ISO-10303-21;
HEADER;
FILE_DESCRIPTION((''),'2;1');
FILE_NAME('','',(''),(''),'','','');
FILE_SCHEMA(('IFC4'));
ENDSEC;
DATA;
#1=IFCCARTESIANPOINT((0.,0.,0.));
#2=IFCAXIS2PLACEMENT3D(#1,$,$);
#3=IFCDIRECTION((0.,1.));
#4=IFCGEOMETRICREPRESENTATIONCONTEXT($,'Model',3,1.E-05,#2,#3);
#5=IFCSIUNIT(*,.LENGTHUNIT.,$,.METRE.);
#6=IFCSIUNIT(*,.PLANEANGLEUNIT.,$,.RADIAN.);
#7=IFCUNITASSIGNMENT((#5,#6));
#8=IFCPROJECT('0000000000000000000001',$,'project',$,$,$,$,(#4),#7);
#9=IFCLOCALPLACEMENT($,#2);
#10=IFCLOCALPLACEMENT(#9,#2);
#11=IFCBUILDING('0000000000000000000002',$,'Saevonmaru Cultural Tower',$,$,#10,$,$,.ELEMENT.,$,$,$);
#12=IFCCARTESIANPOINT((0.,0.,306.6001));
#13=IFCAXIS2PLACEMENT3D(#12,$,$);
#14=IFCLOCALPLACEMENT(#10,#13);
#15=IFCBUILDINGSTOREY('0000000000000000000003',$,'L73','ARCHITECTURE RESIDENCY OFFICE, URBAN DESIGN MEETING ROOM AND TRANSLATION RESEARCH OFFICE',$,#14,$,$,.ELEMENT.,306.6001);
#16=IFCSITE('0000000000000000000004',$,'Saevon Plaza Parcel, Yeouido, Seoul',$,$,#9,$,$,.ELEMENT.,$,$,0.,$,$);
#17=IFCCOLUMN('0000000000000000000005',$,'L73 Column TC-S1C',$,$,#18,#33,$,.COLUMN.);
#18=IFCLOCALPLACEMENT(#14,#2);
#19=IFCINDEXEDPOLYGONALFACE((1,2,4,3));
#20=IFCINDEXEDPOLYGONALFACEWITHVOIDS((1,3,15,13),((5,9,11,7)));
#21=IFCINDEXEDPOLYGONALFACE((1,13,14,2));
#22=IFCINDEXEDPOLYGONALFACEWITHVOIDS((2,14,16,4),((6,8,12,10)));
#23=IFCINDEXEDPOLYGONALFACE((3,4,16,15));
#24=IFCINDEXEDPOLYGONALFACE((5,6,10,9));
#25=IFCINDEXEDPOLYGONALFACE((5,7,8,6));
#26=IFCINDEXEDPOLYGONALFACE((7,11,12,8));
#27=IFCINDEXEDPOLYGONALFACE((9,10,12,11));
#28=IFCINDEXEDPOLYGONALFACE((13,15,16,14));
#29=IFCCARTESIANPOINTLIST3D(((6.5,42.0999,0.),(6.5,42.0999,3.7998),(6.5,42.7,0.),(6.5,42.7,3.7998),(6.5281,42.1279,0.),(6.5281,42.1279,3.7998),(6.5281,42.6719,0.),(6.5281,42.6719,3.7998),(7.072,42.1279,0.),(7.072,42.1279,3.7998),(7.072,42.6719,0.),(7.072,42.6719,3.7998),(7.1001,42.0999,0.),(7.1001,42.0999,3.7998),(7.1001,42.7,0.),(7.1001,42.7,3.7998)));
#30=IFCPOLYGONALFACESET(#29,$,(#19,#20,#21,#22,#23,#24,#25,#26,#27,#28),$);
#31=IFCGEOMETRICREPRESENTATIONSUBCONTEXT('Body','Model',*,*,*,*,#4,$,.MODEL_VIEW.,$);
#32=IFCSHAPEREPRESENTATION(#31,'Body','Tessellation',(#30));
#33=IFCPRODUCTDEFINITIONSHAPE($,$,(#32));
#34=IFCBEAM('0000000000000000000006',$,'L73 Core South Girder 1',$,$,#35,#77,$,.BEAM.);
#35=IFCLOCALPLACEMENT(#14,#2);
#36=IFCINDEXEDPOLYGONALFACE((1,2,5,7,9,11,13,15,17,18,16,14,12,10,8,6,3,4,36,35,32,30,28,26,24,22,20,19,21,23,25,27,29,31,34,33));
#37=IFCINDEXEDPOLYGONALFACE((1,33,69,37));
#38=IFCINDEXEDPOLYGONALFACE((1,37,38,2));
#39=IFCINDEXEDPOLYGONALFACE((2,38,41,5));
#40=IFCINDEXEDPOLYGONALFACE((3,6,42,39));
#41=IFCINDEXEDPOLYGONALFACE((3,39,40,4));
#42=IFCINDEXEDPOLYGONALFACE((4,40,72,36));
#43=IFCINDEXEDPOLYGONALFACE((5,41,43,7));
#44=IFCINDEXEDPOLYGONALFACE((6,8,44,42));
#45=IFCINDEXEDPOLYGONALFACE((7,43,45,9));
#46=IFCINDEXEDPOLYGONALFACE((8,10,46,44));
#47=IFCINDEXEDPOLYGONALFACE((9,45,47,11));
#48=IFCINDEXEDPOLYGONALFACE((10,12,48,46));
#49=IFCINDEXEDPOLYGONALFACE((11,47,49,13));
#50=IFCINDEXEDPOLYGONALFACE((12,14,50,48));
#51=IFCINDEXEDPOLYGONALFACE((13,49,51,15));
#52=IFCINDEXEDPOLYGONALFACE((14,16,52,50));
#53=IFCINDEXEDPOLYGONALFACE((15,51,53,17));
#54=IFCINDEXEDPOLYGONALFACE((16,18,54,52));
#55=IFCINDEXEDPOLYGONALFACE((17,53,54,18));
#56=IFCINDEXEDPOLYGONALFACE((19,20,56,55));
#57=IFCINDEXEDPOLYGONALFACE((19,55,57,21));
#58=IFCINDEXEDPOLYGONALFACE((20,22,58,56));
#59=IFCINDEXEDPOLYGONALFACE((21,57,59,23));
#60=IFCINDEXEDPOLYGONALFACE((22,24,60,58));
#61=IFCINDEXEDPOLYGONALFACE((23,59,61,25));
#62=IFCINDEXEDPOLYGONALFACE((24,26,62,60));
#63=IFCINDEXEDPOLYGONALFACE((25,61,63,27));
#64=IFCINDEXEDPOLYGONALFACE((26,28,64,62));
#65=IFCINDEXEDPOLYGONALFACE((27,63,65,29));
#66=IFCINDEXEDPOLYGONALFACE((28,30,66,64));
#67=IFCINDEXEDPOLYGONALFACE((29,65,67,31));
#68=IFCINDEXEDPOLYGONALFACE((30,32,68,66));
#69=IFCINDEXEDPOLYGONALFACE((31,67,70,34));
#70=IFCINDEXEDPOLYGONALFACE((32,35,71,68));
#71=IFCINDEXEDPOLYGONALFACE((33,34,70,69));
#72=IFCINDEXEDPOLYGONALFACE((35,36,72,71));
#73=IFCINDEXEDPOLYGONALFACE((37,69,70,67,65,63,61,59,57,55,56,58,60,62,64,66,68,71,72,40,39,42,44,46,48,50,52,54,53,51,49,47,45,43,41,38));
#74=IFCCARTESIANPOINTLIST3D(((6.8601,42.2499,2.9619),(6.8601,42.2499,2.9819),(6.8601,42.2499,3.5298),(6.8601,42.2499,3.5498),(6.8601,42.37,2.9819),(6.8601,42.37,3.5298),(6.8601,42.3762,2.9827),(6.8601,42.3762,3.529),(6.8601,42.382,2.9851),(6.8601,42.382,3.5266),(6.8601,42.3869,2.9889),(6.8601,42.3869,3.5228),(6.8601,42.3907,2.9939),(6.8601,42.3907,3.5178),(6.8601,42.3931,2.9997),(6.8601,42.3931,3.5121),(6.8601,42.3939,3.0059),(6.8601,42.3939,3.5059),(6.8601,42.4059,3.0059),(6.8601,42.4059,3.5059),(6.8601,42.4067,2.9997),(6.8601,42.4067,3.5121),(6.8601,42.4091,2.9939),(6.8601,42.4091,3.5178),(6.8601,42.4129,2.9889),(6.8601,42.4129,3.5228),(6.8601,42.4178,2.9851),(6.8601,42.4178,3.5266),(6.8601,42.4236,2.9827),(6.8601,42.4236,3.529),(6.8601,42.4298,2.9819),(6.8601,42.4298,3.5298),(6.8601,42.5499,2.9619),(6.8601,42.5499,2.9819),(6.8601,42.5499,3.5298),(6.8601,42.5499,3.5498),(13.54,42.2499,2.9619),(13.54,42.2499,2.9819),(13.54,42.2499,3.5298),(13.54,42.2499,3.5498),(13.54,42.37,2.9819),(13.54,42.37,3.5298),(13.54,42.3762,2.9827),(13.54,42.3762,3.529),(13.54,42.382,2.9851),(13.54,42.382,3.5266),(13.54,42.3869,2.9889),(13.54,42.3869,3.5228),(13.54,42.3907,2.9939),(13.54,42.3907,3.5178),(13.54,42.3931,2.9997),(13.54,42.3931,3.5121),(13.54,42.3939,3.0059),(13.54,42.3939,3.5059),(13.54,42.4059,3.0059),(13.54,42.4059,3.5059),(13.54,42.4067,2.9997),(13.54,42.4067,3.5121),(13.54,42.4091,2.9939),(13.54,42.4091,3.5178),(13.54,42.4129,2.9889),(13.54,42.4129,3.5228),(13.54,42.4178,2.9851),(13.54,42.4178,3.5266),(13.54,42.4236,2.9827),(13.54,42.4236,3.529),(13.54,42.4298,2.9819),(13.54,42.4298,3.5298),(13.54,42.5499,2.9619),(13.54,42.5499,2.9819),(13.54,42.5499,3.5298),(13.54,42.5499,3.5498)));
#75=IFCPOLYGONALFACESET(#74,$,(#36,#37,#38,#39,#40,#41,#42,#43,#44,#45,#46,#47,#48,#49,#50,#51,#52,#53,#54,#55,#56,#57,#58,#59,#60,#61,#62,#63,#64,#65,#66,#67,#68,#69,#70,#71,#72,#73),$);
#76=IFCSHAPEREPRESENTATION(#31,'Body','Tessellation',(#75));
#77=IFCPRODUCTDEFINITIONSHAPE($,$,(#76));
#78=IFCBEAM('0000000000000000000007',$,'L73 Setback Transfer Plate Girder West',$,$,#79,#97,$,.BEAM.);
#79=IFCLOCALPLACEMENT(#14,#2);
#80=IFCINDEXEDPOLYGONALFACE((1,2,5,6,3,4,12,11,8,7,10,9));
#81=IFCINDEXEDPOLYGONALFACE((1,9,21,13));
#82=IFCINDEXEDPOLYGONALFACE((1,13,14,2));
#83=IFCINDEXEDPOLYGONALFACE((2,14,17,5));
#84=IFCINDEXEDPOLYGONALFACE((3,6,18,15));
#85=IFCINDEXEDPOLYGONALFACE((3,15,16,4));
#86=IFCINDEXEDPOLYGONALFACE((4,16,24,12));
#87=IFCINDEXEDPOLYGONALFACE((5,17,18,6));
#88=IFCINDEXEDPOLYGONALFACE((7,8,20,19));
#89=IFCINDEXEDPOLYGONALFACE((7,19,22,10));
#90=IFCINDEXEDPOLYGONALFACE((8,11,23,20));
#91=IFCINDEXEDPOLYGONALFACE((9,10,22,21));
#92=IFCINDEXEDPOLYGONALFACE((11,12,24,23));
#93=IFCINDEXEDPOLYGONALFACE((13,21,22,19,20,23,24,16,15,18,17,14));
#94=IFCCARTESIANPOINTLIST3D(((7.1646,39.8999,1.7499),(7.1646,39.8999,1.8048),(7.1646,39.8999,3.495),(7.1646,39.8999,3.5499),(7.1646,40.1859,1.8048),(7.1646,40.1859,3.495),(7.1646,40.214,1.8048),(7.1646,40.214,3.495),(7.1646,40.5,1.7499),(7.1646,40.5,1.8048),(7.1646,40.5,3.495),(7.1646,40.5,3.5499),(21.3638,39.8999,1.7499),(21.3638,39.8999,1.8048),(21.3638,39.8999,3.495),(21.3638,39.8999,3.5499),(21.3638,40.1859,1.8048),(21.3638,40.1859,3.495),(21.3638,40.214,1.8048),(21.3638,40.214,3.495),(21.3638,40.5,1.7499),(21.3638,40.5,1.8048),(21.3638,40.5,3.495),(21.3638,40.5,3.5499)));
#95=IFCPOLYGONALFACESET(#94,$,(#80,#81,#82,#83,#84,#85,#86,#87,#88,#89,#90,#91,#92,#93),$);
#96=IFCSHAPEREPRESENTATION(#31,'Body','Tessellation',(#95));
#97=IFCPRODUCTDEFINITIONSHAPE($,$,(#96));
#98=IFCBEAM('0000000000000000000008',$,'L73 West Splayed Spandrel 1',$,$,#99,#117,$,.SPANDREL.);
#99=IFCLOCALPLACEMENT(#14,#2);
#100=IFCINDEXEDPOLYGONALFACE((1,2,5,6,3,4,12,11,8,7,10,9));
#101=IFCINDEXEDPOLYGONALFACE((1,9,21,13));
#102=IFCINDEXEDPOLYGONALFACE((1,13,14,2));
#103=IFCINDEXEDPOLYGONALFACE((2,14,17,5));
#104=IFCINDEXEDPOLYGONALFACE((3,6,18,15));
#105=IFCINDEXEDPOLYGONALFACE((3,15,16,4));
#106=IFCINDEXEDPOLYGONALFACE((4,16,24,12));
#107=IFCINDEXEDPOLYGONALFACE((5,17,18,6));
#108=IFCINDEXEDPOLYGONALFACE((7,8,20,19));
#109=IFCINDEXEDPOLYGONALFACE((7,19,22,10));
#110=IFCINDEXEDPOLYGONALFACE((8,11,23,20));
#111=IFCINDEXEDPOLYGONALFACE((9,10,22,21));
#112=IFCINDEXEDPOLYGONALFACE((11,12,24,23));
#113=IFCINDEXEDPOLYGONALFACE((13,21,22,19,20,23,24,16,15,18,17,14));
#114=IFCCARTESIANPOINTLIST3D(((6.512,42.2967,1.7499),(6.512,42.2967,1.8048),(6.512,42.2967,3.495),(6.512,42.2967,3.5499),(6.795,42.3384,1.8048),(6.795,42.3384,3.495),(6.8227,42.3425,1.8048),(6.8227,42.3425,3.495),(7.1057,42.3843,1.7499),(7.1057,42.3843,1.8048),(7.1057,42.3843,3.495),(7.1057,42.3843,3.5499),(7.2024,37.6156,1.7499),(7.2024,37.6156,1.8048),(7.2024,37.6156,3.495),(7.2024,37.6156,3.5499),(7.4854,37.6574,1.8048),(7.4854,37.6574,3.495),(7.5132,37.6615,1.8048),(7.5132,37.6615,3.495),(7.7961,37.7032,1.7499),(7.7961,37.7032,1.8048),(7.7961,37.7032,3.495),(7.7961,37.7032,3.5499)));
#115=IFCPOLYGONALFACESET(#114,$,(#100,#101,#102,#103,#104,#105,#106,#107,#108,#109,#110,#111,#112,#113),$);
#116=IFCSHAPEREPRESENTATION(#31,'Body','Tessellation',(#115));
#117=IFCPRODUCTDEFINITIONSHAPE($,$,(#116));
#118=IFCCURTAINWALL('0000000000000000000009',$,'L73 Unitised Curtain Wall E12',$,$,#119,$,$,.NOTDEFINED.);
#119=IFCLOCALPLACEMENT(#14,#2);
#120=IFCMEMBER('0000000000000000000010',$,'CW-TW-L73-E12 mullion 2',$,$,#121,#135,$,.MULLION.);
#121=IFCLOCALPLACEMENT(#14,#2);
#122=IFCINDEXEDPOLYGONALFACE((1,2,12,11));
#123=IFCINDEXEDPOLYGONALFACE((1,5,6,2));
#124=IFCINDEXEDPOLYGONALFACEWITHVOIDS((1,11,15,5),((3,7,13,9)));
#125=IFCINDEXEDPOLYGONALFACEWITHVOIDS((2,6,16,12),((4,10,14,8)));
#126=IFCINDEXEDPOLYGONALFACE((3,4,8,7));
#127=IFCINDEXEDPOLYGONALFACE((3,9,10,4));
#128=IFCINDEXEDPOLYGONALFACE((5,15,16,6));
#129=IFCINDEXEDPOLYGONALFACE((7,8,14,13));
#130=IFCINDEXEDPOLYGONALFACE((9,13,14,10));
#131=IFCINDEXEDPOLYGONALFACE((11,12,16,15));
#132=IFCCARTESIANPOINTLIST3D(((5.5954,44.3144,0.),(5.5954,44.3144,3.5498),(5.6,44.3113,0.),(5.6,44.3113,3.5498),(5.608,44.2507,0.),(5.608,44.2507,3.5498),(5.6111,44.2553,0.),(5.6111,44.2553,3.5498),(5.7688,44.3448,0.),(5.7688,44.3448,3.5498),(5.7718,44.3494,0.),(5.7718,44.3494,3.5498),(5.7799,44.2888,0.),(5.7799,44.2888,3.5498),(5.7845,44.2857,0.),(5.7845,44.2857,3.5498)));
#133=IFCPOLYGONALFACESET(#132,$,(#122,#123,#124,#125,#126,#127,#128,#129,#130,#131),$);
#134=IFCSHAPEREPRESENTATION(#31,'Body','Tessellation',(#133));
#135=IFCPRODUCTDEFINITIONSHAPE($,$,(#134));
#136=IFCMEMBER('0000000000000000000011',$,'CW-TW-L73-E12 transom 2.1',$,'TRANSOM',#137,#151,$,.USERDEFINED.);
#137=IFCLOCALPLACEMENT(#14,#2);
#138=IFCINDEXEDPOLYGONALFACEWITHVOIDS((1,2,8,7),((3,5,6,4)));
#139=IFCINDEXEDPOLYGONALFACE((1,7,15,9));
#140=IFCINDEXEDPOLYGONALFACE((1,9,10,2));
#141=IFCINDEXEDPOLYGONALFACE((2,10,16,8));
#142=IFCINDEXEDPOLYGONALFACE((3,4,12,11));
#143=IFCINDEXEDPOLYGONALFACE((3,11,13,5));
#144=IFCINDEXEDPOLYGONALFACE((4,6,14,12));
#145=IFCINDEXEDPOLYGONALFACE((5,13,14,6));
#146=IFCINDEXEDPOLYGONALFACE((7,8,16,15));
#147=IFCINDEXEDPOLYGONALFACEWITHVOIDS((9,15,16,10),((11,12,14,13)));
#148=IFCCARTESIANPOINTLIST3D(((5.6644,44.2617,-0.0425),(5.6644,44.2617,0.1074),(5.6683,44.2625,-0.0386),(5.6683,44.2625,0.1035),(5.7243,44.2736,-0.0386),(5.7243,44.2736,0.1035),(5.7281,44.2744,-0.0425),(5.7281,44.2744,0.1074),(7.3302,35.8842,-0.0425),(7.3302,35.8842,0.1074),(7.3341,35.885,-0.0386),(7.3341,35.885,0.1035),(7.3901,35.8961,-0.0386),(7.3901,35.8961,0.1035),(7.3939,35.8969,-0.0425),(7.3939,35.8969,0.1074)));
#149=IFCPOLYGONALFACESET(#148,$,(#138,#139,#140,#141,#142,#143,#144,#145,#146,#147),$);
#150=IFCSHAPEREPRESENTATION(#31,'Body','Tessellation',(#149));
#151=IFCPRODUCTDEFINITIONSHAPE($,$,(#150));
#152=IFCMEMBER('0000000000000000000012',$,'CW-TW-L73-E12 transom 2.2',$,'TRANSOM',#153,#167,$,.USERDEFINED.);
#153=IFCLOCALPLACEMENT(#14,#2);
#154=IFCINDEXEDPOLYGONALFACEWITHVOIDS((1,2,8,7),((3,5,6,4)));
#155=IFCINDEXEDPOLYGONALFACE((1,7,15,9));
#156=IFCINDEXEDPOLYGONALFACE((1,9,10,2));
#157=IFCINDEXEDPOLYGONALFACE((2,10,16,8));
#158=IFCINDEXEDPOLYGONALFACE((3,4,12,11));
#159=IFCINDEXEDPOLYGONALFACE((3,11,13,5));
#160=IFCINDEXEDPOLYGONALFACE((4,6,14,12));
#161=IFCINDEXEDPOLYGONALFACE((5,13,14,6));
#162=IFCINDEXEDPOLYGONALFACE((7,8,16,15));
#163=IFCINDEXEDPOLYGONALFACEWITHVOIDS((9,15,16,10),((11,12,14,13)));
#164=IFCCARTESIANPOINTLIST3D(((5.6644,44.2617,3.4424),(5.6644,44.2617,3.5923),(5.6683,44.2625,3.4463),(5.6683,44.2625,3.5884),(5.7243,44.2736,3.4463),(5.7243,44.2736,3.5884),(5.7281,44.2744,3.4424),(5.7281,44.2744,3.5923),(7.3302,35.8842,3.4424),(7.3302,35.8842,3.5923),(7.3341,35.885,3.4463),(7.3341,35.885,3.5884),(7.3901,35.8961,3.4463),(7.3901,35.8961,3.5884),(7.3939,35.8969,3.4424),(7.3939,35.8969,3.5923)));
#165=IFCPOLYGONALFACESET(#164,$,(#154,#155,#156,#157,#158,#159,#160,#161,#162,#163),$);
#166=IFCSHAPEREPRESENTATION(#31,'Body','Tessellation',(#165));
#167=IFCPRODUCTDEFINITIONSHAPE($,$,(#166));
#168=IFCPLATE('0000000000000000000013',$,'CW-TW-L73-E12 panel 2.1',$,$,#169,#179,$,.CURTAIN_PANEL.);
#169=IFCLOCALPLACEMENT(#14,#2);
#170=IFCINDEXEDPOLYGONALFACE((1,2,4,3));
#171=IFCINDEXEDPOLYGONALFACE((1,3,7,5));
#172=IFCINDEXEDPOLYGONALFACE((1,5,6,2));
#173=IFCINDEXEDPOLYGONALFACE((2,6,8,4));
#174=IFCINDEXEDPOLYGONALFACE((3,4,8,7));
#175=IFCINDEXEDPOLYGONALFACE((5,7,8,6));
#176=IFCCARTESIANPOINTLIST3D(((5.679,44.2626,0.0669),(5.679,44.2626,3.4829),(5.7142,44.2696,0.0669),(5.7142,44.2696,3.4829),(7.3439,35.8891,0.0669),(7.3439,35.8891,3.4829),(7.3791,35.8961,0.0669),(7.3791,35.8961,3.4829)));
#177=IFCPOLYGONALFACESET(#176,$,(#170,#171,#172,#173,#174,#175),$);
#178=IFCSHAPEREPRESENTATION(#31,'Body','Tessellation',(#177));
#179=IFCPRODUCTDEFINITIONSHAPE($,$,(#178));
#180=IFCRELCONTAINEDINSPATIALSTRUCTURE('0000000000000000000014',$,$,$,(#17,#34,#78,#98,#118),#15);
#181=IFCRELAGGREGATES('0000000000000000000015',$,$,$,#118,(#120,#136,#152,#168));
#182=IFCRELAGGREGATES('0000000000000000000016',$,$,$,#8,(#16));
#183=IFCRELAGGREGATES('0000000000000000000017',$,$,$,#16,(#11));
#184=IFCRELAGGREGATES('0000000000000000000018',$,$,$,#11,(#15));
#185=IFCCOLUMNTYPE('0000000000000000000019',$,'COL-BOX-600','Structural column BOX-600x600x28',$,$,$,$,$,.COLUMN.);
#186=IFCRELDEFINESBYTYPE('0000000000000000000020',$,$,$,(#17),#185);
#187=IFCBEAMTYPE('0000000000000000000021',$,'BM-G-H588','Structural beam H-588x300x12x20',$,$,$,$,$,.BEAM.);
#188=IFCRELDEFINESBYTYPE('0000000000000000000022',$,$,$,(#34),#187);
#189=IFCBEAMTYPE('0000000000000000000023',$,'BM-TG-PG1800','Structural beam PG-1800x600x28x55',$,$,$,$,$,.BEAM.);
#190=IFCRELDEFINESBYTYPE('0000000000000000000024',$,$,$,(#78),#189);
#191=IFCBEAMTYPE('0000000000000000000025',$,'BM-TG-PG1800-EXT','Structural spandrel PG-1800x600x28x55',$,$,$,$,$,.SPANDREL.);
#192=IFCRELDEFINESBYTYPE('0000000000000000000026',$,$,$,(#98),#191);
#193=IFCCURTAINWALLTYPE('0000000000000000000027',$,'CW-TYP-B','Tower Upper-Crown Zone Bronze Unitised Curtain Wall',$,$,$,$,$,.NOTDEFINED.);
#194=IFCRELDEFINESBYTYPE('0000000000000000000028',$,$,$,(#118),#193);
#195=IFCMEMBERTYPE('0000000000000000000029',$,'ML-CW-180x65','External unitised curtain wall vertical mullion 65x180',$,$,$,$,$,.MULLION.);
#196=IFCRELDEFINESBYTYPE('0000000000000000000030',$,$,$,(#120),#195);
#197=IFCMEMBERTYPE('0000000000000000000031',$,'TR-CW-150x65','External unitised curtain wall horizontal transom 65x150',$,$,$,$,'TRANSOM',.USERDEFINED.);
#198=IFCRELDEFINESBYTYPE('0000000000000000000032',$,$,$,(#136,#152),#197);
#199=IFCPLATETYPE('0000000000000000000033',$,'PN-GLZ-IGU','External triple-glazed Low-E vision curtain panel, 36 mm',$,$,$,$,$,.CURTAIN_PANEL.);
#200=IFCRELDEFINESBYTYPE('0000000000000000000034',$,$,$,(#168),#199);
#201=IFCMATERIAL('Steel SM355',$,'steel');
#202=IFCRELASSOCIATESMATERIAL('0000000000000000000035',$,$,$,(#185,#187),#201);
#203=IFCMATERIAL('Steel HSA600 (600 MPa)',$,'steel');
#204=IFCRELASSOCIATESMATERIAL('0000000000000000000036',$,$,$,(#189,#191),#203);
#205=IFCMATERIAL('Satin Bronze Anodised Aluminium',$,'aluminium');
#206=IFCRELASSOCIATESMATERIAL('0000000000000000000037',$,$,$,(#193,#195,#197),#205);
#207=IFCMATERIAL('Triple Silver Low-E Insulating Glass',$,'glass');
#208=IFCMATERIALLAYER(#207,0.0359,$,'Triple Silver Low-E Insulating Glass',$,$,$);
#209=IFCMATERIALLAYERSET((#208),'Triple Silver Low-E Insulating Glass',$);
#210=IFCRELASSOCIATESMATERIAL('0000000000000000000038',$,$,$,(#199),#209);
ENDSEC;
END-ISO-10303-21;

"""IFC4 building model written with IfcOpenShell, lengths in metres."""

from ifc_helpers import new_model, si_unit, direction, frame, origin, origin_2d, place, context, subcontext, project, spatial, rectangle, hollow_rectangle, i_section, extrude, material, layer, layer_set, material_profile, profile_set, type_object, element, aggregate, save


model = new_model("IFC4")

# Units and contexts
model_context = context("Model", 3, precision=1e-05, world=origin(), true_north=direction((0.0, 1.0)))
body_context = subcontext(model_context, "Body", "Model", "MODEL_VIEW")
ifc_project = project(units=[si_unit("LENGTHUNIT", "METRE"), si_unit("PLANEANGLEUNIT", "RADIAN")], contexts=[model_context])

# Site, building, storey
site_placement = place(None, origin())
site = spatial("IfcSite", under=ifc_project, at=site_placement, Name="Saevon Plaza Parcel, Yeouido, Seoul", CompositionType="ELEMENT", RefElevation=0.0)
building_placement = place(site_placement, origin())
building = spatial("IfcBuilding", under=site, at=building_placement, Name="Saevonmaru Cultural Tower", CompositionType="ELEMENT")
storey_placement = place(building_placement, frame((0.0, 0.0, 306.6001)))
storey = spatial("IfcBuildingStorey", under=building, at=storey_placement, Name="L73", Description="ARCHITECTURE RESIDENCY OFFICE, URBAN DESIGN MEETING ROOM AND TRANSLATION RESEARCH OFFICE", CompositionType="ELEMENT", Elevation=306.6001)

# Column
ifc_material_1 = material(Name="Steel SM355", Category="steel")
ifc_material_profile_1 = material_profile(ifc_material_1, hollow_rectangle(XDim=0.6001, YDim=0.6001, WallThickness=0.0281, at=origin_2d()), Name="BOX-600x600x28")
ifc_profile_set_1 = profile_set([ifc_material_profile_1], Name="Steel SM355")
column_type = type_object("IfcColumnType", Name="COL-BOX-600", Description="Structural column BOX-600x600x28", PredefinedType="COLUMN", material=ifc_profile_set_1)
column_placement = place(storey_placement, frame((6.8, 42.3999, 0.0), z_axis=(0.0, 0.0, 1.0), x_axis=(1.0, 0.0, 0.0)))
element("IfcColumn", 1, at=column_placement, inside=storey, type_object=column_type, Name="L73 Column TC-S1C", PredefinedType="COLUMN", context=body_context, shape_type="SweptSolid", body=[
    extrude(hollow_rectangle(XDim=0.6001, YDim=0.6001, WallThickness=0.0281, at=origin_2d()), origin(), (0.0, 0.0, 1.0), 3.7998),
])

# Beams
ifc_material_profile_2 = material_profile(ifc_material_1, i_section(OverallWidth=0.3, OverallDepth=0.5879, WebThickness=0.012, FlangeThickness=0.02, FilletRadius=0.0239, at=origin_2d()), Name="H-588x300x12x20")
ifc_profile_set_2 = profile_set([ifc_material_profile_2], Name="Steel SM355")
beam_type_1 = type_object("IfcBeamType", Name="BM-G-H588", Description="Structural beam H-588x300x12x20", PredefinedType="BEAM", material=ifc_profile_set_2)
beam_1_placement = place(storey_placement, frame((6.8601, 42.3999, 3.2559), z_axis=(1.0, 0.0, 0.0), x_axis=(0.0, 1.0, 0.0)))
element("IfcBeam", 2, at=beam_1_placement, inside=storey, type_object=beam_type_1, Name="L73 Core South Girder 1", PredefinedType="BEAM", context=body_context, shape_type="SweptSolid", body=[
    extrude(i_section(OverallWidth=0.3, OverallDepth=0.5879, WebThickness=0.012, FlangeThickness=0.02, FilletRadius=0.0239, at=origin_2d()), origin(), (0.0, 0.0, 1.0), 6.6799),
])
ifc_material_2 = material(Name="Steel HSA600 (600 MPa)", Category="steel")
ifc_material_profile_3 = material_profile(ifc_material_2, i_section(OverallWidth=0.6001, OverallDepth=1.8, WebThickness=0.0281, FlangeThickness=0.0549, at=origin_2d()), Name="PG-1800x600x28x55")
ifc_profile_set_3 = profile_set([ifc_material_profile_3], Name="Steel HSA600 (600 MPa)")
beam_type_2 = type_object("IfcBeamType", Name="BM-TG-PG1800", Description="Structural beam PG-1800x600x28x55", PredefinedType="BEAM", material=ifc_profile_set_3)
beam_2_placement = place(storey_placement, frame((7.1646, 40.2, 2.6499), z_axis=(1.0, 0.0, 0.0), x_axis=(0.0, 1.0, 0.0)))
element("IfcBeam", 3, at=beam_2_placement, inside=storey, type_object=beam_type_2, Name="L73 Setback Transfer Plate Girder West", PredefinedType="BEAM", context=body_context, shape_type="SweptSolid", body=[
    extrude(i_section(OverallWidth=0.6001, OverallDepth=1.8, WebThickness=0.0281, FlangeThickness=0.0549, at=origin_2d()), origin(), (0.0, 0.0, 1.0), 14.1992),
])
ifc_material_profile_4 = material_profile(ifc_material_2, i_section(OverallWidth=0.6001, OverallDepth=1.8, WebThickness=0.0281, FlangeThickness=0.0549, at=origin_2d()), Name="PG-1800x600x28x55")
ifc_profile_set_4 = profile_set([ifc_material_profile_4], Name="Steel HSA600 (600 MPa)")
beam_type_3 = type_object("IfcBeamType", Name="BM-TG-PG1800-EXT", Description="Structural spandrel PG-1800x600x28x55", PredefinedType="SPANDREL", material=ifc_profile_set_4)
beam_3_placement = place(storey_placement, frame((7.4993, 37.6594, 2.6499), z_axis=(-0.145913, 0.989297, 0.0), x_axis=(-0.989297, -0.145913, 0.0)))
element("IfcBeam", 4, at=beam_3_placement, inside=storey, type_object=beam_type_3, Name="L73 West Splayed Spandrel 1", PredefinedType="SPANDREL", context=body_context, shape_type="SweptSolid", body=[
    extrude(i_section(OverallWidth=0.6001, OverallDepth=1.8, WebThickness=0.0281, FlangeThickness=0.0549, at=origin_2d()), origin(), (0.0, 0.0, 1.0), 4.7317),
])

# Curtain wall, members, plate
ifc_material_3 = material(Name="Satin Bronze Anodised Aluminium", Category="aluminium")
curtain_wall_type = type_object("IfcCurtainWallType", Name="CW-TYP-B", Description="Tower Upper-Crown Zone Bronze Unitised Curtain Wall", PredefinedType="NOTDEFINED", material=ifc_material_3)
curtain_wall_placement = place(storey_placement, origin())
curtain_wall = element("IfcCurtainWall", 5, at=curtain_wall_placement, inside=storey, type_object=curtain_wall_type, Name="L73 Unitised Curtain Wall E12", PredefinedType="NOTDEFINED")
ifc_material_profile_5 = material_profile(ifc_material_3, hollow_rectangle(XDim=0.0649, YDim=0.1799, WallThickness=0.0039, at=origin_2d()), Name="ALU-MULL-180x65x4")
ifc_profile_set_5 = profile_set([ifc_material_profile_5], Name="Satin Bronze Anodised Aluminium")
member_type_1 = type_object("IfcMemberType", Name="ML-CW-180x65", Description="External unitised curtain wall vertical mullion 65x180", PredefinedType="MULLION", material=ifc_profile_set_5)
member_1_placement = place(storey_placement, frame((5.6899, 44.3, 0.0), z_axis=(0.0, 0.0, 1.0), x_axis=(0.195005, -0.980802, 0.0)))
member_1 = element("IfcMember", 6, at=member_1_placement, type_object=member_type_1, Name="CW-TW-L73-E12 mullion 2", PredefinedType="MULLION", context=body_context, shape_type="SweptSolid", body=[
    extrude(hollow_rectangle(XDim=0.0649, YDim=0.1799, WallThickness=0.0039, at=origin_2d()), origin(), (0.0, 0.0, 1.0), 3.5498),
])
ifc_material_profile_6 = material_profile(ifc_material_3, hollow_rectangle(XDim=0.0649, YDim=0.1499, WallThickness=0.0039, at=origin_2d()), Name="ALU-TRAN-150x65x4")
ifc_profile_set_6 = profile_set([ifc_material_profile_6], Name="Satin Bronze Anodised Aluminium")
member_type_2 = type_object("IfcMemberType", Name="TR-CW-150x65", Description="External unitised curtain wall horizontal transom 65x150", ElementType="TRANSOM", PredefinedType="USERDEFINED", material=ifc_profile_set_6)
member_2_placement = place(storey_placement, frame((5.6963, 44.2681, 0.0325), z_axis=(0.195022, -0.980799, 0.0), x_axis=(0.980799, 0.195022, 0.0)))
member_2 = element("IfcMember", 7, at=member_2_placement, type_object=member_type_2, Name="CW-TW-L73-E12 transom 2.1", ObjectType="TRANSOM", PredefinedType="USERDEFINED", context=body_context, shape_type="SweptSolid", body=[
    extrude(hollow_rectangle(XDim=0.0649, YDim=0.1499, WallThickness=0.0039, at=origin_2d()), origin(), (0.0, 0.0, 1.0), 8.5415),
])
member_3_placement = place(storey_placement, frame((5.6963, 44.2681, 3.5173), z_axis=(0.195022, -0.980799, 0.0), x_axis=(0.980799, 0.195022, 0.0)))
member_3 = element("IfcMember", 8, at=member_3_placement, type_object=member_type_2, Name="CW-TW-L73-E12 transom 2.2", ObjectType="TRANSOM", PredefinedType="USERDEFINED", context=body_context, shape_type="SweptSolid", body=[
    extrude(hollow_rectangle(XDim=0.0649, YDim=0.1499, WallThickness=0.0039, at=origin_2d()), origin(), (0.0, 0.0, 1.0), 8.5415),
])
ifc_material_4 = material(Name="Triple Silver Low-E Insulating Glass", Category="glass")
ifc_layer_1 = layer(ifc_material_4, 0.0359, Name="Triple Silver Low-E Insulating Glass")
ifc_layer_set_1 = layer_set([ifc_layer_1], Name="Triple Silver Low-E Insulating Glass")
plate_type = type_object("IfcPlateType", Name="PN-GLZ-IGU", Description="External triple-glazed Low-E vision curtain panel, 36 mm", PredefinedType="CURTAIN_PANEL", material=ifc_layer_set_1)
plate_placement = place(storey_placement, frame((6.5291, 40.0793, 0.0669), z_axis=(0.0, 0.0, 1.0), x_axis=(0.195005, -0.980802, 0.0)))
plate = element("IfcPlate", 9, at=plate_placement, type_object=plate_type, Name="CW-TW-L73-E12 panel 2.1", PredefinedType="CURTAIN_PANEL", context=body_context, shape_type="SweptSolid", body=[
    extrude(rectangle(XDim=8.5374, YDim=0.0359, at=origin_2d()), origin(), (0.0, 0.0, 1.0), 3.416),
])
aggregate(curtain_wall, [member_1, member_2, member_3, plate])

save(model, "model.ifc")
